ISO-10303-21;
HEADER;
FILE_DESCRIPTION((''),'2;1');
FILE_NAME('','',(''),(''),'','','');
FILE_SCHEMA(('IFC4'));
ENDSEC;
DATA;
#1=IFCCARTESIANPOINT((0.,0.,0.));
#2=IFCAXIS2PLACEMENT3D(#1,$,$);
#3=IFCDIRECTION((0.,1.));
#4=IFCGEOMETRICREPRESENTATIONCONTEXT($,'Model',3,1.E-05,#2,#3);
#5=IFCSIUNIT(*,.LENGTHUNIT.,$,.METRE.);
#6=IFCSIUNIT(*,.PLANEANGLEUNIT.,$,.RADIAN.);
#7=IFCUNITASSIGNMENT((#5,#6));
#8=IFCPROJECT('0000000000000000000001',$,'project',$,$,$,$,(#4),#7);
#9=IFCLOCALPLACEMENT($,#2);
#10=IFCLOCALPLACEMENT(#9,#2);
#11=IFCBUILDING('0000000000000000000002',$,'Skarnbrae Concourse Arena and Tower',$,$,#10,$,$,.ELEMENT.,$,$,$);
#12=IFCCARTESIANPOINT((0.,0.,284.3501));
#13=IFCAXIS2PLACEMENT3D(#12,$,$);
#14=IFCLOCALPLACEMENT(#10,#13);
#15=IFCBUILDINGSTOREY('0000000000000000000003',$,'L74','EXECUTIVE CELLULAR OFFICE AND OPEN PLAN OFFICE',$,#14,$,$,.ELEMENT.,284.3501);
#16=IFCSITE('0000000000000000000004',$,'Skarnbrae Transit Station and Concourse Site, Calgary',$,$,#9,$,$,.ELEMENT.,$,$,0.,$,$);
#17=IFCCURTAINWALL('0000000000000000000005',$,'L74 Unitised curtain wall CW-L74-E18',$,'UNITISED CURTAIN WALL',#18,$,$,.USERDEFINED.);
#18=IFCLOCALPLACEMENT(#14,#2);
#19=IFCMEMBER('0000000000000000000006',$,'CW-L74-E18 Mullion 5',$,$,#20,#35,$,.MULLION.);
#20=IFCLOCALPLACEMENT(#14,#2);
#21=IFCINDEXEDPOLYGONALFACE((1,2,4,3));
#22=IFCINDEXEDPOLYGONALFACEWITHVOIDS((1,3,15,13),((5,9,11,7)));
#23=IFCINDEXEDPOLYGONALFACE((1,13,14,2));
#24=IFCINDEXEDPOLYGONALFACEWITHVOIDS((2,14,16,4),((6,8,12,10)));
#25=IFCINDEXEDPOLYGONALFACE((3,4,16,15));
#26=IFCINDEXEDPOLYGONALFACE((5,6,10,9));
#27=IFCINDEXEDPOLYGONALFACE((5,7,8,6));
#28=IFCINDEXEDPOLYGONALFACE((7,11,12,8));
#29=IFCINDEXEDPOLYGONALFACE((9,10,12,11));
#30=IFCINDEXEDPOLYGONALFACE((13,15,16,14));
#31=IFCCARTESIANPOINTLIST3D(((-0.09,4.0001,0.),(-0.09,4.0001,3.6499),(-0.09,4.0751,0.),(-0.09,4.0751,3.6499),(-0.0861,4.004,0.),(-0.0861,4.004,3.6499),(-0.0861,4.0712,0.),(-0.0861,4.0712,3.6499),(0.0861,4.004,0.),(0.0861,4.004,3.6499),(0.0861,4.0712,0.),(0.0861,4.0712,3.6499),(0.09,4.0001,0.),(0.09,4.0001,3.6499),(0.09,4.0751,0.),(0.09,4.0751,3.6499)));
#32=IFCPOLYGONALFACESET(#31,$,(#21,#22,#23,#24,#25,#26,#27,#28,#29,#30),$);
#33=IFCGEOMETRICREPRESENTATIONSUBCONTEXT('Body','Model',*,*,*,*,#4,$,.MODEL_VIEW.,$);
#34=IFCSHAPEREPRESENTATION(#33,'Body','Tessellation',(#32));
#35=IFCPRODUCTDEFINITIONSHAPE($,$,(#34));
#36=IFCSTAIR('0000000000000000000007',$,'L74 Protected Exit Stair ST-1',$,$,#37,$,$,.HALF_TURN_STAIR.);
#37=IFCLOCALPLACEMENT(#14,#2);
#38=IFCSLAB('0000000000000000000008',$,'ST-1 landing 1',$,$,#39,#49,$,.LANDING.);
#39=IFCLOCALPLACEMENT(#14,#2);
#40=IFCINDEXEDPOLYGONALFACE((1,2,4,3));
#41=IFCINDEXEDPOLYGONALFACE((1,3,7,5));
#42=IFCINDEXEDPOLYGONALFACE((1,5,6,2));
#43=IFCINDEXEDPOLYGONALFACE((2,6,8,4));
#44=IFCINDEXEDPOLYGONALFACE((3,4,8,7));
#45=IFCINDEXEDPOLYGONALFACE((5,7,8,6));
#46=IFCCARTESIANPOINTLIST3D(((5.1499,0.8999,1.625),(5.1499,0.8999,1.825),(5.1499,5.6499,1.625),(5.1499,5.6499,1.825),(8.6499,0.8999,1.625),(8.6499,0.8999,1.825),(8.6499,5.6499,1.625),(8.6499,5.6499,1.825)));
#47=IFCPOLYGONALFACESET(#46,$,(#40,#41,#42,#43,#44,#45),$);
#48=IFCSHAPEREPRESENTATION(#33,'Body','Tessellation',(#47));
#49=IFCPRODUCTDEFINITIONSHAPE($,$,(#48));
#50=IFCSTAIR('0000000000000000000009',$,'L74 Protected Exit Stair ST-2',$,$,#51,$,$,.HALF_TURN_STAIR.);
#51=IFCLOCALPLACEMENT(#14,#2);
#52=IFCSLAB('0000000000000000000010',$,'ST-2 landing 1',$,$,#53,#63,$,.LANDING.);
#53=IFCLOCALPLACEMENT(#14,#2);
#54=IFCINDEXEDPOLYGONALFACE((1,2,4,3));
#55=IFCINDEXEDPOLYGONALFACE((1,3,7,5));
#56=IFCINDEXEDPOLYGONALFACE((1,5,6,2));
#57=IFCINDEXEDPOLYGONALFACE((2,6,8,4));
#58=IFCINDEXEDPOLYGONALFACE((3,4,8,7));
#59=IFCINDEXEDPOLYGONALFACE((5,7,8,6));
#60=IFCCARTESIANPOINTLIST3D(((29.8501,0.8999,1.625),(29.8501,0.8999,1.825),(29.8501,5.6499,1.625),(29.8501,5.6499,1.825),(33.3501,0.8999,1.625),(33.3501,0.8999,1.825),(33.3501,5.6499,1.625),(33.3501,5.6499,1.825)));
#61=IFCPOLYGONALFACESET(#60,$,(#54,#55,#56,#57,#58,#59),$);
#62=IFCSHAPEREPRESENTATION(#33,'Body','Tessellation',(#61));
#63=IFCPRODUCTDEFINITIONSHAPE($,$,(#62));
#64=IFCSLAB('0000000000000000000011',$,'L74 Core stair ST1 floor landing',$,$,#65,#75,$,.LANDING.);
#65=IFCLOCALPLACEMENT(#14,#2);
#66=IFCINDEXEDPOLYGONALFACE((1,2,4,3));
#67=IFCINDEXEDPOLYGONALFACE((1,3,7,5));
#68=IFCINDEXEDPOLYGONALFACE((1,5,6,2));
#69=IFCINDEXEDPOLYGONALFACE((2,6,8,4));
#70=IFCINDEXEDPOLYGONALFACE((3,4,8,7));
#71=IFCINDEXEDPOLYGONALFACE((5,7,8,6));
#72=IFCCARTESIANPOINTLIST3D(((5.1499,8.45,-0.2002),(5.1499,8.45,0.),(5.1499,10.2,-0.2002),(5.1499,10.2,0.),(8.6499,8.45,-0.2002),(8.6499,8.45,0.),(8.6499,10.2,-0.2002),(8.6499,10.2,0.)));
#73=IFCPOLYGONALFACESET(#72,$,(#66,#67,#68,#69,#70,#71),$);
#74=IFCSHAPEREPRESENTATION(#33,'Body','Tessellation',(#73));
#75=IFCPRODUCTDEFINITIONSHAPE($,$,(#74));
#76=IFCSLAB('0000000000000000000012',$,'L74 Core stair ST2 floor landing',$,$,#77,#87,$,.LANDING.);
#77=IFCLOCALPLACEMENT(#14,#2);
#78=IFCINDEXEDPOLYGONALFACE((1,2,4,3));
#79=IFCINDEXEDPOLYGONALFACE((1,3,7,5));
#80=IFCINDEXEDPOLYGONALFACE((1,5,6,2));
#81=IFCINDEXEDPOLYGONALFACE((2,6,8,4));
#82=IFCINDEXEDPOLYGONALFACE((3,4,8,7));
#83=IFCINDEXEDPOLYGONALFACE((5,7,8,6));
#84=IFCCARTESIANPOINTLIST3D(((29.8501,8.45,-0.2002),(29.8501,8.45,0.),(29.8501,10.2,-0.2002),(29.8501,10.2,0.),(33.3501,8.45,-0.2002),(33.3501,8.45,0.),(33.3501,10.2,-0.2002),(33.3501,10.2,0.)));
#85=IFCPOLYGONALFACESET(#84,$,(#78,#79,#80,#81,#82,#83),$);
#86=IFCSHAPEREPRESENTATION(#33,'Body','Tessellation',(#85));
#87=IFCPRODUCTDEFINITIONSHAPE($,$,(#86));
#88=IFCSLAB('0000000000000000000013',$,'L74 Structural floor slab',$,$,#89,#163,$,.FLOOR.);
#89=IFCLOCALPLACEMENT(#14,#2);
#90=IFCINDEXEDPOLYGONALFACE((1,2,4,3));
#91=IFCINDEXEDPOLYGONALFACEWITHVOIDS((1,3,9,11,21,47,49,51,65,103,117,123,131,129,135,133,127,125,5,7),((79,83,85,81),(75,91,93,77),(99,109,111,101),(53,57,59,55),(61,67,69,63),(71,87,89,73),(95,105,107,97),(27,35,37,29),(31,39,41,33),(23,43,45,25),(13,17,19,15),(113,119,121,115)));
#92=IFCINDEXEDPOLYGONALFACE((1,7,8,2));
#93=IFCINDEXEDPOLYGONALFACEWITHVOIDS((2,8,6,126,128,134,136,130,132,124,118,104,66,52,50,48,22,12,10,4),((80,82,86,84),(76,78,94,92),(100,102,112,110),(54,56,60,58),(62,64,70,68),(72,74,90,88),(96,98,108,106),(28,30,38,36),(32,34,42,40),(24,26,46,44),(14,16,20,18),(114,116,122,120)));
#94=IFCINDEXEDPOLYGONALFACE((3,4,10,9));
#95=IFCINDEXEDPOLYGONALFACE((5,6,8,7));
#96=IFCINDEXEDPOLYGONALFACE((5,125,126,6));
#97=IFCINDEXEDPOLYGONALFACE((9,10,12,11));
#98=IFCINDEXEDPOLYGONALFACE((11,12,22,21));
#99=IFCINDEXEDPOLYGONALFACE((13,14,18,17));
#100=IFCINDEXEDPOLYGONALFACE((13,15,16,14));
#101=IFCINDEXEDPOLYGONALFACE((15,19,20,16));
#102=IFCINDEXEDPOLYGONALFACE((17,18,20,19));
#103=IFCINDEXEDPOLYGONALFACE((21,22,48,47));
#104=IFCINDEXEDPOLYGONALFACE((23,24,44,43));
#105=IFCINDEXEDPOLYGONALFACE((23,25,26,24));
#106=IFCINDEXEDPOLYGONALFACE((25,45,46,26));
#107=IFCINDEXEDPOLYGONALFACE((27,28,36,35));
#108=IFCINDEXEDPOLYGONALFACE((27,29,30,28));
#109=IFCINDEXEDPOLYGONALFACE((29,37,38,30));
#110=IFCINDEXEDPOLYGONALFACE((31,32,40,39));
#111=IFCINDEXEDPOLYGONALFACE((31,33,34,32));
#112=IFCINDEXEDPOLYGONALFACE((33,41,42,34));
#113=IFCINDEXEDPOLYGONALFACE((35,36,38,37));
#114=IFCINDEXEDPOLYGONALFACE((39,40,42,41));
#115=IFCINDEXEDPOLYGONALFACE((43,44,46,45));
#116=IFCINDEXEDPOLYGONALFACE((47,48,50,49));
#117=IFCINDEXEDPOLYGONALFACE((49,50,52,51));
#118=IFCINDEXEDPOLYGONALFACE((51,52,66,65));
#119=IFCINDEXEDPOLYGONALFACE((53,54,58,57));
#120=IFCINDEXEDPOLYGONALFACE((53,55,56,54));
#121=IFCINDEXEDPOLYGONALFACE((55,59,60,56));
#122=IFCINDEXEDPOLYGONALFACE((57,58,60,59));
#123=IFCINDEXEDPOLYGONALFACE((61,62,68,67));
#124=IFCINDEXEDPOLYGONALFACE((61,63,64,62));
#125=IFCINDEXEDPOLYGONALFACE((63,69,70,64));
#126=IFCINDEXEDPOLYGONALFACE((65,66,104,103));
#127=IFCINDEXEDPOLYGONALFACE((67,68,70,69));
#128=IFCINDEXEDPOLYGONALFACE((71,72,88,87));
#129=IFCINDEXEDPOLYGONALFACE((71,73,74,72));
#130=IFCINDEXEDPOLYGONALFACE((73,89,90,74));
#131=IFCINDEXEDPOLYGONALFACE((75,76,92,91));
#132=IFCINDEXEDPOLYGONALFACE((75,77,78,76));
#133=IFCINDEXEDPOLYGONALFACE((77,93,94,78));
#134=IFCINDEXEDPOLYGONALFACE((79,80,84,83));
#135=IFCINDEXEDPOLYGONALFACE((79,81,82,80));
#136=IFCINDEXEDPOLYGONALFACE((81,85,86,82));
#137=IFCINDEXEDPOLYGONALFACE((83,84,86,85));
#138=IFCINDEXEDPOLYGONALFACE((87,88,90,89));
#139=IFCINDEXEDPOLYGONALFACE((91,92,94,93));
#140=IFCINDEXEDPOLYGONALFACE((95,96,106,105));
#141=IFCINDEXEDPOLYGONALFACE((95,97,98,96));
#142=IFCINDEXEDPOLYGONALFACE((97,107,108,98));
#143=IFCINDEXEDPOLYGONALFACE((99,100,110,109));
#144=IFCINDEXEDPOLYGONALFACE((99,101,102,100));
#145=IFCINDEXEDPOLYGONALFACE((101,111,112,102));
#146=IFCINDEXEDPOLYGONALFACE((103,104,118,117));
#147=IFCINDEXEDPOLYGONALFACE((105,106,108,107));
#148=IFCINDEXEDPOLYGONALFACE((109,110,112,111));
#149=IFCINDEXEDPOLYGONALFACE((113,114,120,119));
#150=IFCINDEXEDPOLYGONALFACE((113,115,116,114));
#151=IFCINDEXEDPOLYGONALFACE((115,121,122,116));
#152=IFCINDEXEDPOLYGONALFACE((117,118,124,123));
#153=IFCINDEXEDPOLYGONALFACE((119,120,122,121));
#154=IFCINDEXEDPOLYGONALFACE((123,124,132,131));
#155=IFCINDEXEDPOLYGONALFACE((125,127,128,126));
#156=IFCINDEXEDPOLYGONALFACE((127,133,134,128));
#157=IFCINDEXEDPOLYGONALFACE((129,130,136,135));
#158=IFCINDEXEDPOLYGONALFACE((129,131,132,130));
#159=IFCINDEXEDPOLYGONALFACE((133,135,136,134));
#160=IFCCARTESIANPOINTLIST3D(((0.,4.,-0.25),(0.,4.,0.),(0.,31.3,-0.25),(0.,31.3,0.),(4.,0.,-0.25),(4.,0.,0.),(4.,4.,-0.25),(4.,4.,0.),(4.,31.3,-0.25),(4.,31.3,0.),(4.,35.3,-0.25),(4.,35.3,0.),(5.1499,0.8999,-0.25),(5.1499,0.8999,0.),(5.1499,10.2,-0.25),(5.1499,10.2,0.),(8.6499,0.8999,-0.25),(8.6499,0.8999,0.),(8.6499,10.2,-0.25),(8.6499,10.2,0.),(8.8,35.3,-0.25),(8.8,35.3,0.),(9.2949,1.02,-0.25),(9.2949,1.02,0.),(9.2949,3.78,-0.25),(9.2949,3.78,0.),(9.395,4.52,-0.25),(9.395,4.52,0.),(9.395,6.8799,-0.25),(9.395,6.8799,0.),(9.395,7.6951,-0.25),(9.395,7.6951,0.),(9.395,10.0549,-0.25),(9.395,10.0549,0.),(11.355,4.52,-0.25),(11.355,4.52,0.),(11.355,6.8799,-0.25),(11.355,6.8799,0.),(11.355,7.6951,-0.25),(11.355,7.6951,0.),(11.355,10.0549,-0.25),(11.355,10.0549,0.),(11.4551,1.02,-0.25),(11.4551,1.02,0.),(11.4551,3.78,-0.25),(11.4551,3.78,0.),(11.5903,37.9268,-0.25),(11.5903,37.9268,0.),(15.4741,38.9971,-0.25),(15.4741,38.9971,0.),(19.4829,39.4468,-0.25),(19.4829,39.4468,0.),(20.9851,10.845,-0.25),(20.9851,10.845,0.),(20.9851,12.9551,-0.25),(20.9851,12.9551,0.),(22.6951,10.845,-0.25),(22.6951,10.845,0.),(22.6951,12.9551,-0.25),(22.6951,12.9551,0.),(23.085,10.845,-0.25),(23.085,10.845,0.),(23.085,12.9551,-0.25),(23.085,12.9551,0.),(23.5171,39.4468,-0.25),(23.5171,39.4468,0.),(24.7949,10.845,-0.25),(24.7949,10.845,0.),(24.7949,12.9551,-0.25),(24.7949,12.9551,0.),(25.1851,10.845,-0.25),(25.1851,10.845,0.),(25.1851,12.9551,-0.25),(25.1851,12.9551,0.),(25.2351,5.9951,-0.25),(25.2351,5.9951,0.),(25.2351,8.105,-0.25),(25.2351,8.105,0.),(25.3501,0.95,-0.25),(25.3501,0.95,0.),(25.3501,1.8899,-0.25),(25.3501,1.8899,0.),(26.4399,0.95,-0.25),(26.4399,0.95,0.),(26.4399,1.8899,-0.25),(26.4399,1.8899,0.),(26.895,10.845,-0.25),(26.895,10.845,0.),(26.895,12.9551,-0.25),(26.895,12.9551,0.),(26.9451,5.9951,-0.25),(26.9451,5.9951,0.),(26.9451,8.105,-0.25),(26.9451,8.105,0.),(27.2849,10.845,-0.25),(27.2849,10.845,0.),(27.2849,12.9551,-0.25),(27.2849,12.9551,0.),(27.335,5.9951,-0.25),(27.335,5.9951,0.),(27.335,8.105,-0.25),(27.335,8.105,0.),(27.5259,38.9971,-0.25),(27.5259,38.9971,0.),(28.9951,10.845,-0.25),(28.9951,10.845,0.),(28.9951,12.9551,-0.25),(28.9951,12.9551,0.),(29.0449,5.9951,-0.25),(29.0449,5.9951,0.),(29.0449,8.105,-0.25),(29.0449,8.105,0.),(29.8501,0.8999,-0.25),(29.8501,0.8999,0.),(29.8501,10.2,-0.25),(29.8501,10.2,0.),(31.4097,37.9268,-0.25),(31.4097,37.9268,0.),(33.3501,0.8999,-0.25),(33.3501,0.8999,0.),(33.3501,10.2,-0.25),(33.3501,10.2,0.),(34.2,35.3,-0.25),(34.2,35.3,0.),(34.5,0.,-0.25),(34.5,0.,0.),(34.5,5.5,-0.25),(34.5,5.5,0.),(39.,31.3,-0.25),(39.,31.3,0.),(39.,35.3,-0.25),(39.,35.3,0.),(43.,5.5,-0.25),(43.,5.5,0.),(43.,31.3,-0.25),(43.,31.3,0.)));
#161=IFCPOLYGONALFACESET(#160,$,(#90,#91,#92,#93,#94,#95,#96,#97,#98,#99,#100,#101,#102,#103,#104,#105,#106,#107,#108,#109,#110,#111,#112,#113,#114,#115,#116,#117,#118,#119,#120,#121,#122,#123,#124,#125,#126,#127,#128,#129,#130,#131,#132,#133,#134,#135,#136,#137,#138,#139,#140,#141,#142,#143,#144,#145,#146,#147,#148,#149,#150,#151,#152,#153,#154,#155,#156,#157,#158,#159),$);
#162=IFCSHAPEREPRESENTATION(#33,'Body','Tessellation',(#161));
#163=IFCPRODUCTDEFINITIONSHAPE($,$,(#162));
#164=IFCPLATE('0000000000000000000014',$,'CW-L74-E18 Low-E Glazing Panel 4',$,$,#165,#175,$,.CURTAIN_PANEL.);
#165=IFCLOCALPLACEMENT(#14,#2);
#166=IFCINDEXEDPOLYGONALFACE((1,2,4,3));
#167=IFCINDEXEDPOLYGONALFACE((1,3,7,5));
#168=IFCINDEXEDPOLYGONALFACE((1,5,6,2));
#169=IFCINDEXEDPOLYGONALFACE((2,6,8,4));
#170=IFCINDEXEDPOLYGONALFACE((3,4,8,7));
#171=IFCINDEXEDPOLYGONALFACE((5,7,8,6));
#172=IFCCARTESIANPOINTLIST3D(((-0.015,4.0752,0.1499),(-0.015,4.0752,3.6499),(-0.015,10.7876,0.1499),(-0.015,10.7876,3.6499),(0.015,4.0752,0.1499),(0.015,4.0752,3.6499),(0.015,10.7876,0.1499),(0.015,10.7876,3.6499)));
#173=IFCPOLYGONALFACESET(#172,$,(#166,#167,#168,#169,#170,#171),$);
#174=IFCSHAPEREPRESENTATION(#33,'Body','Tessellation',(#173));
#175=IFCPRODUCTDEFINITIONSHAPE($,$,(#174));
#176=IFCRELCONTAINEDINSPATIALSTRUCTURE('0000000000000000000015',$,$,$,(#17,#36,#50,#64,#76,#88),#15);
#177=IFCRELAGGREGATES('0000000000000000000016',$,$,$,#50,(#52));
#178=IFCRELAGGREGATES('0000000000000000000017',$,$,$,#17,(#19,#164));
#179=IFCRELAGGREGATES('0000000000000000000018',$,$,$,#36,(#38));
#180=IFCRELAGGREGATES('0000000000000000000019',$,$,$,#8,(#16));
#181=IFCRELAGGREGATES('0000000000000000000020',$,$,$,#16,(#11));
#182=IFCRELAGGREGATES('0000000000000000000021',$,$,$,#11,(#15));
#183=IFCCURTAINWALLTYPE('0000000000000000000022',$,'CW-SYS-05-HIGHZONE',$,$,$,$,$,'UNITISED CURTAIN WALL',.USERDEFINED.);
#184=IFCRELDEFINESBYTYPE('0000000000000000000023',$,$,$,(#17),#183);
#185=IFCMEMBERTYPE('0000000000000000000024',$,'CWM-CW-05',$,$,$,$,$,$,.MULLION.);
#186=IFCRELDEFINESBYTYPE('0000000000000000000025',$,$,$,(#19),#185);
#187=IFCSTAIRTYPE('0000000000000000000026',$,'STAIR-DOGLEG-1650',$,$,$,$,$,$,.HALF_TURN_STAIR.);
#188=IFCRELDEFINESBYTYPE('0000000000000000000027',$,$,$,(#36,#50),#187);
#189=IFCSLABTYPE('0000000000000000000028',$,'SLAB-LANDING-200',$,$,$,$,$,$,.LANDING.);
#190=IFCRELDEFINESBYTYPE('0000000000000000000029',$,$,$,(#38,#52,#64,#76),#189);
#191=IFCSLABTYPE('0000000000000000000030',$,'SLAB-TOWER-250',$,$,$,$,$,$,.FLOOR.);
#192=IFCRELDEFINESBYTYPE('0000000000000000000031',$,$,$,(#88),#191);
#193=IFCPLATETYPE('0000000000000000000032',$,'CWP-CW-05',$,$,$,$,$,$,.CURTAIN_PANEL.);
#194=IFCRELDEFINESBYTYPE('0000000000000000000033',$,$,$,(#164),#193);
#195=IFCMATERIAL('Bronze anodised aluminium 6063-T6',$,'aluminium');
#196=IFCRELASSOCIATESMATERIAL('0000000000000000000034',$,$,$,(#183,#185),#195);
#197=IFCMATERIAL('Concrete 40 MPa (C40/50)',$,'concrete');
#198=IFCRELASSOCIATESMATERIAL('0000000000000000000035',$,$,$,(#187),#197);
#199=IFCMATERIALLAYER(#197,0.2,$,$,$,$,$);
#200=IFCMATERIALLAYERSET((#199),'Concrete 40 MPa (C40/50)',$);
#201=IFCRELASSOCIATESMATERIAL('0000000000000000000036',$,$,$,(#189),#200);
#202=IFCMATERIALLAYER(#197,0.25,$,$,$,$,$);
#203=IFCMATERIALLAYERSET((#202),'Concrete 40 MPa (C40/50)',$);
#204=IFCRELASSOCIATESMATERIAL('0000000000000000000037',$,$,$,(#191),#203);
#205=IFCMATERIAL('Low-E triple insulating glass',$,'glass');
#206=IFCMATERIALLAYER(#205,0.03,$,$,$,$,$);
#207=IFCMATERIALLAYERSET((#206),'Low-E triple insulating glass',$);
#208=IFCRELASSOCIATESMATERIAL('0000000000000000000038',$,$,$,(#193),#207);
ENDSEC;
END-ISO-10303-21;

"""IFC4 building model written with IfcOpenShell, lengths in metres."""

from ifc_helpers import new_model, si_unit, direction, frame, origin, origin_2d, place, context, subcontext, project, spatial, polyline, rectangle, hollow_rectangle, outline, extrude, source, transform, mapped, material, layer, layer_set, material_profile, profile_set, type_object, element, aggregate, save


model = new_model("IFC4")

# Units and contexts
model_context = context("Model", 3, precision=1e-05, world=origin(), true_north=direction((0.0, 1.0)))
body_context = subcontext(model_context, "Body", "Model", "MODEL_VIEW")
ifc_project = project(units=[si_unit("LENGTHUNIT", "METRE"), si_unit("PLANEANGLEUNIT", "RADIAN")], contexts=[model_context])

# Site, building, storey
site_placement = place(None, origin())
site = spatial("IfcSite", under=ifc_project, at=site_placement, Name="Skarnbrae Transit Station and Concourse Site, Calgary", CompositionType="ELEMENT", RefElevation=0.0)
building_placement = place(site_placement, origin())
building = spatial("IfcBuilding", under=site, at=building_placement, Name="Skarnbrae Concourse Arena and Tower", CompositionType="ELEMENT")
storey_placement = place(building_placement, frame((0.0, 0.0, 284.3501)))
storey = spatial("IfcBuildingStorey", under=building, at=storey_placement, Name="L74", Description="EXECUTIVE CELLULAR OFFICE AND OPEN PLAN OFFICE", CompositionType="ELEMENT", Elevation=284.3501)

# Curtain wall, member
ifc_material_1 = material(Name="Bronze anodised aluminium 6063-T6", Category="aluminium")
curtain_wall_type = type_object("IfcCurtainWallType", Name="CW-SYS-05-HIGHZONE", ElementType="UNITISED CURTAIN WALL", PredefinedType="USERDEFINED", material=ifc_material_1)
curtain_wall_placement = place(storey_placement, origin())
curtain_wall = element("IfcCurtainWall", 1, at=curtain_wall_placement, inside=storey, type_object=curtain_wall_type, Name="L74 Unitised curtain wall CW-L74-E18", ObjectType="UNITISED CURTAIN WALL", PredefinedType="USERDEFINED")
ifc_material_profile = material_profile(ifc_material_1, hollow_rectangle(XDim=0.075, YDim=0.1799, WallThickness=0.0039, at=origin_2d()), Name="ALU-MULL-75X180")
ifc_profile_set = profile_set([ifc_material_profile], Name="Bronze anodised aluminium 6063-T6")
member_type = type_object("IfcMemberType", Name="CWM-CW-05", PredefinedType="MULLION", material=ifc_profile_set)
shared_shape_1 = source(origin(), body_context, "Body", "SweptSolid", [
    extrude(hollow_rectangle(XDim=0.075, YDim=0.1799, WallThickness=0.0039, at=origin_2d()), origin(), (0.0, 0.0, 1.0), 3.6499),
])
member_placement = place(storey_placement, frame((0.0, 4.0376, 0.0), z_axis=(0.0, 0.0, 1.0), x_axis=(0.0, -1.0, 0.0)))
member = element("IfcMember", 2, at=member_placement, type_object=member_type, Name="CW-L74-E18 Mullion 5", PredefinedType="MULLION", context=body_context, shape_type="MappedRepresentation", body=[
    mapped(shared_shape_1, transform((0.0, 0.0, 0.0))),
])

# Stairs, slabs
ifc_material_2 = material(Name="Concrete 40 MPa (C40/50)", Category="concrete")
stair_type = type_object("IfcStairType", Name="STAIR-DOGLEG-1650", PredefinedType="HALF_TURN_STAIR", material=ifc_material_2)
stair_1_placement = place(storey_placement, origin())
stair_1 = element("IfcStair", 3, at=stair_1_placement, inside=storey, type_object=stair_type, Name="L74 Protected Exit Stair ST-1", PredefinedType="HALF_TURN_STAIR")
ifc_layer_1 = layer(ifc_material_2, 0.2)
ifc_layer_set_1 = layer_set([ifc_layer_1], Name="Concrete 40 MPa (C40/50)")
slab_type_1 = type_object("IfcSlabType", Name="SLAB-LANDING-200", PredefinedType="LANDING", material=ifc_layer_set_1)
slab_1_placement = place(storey_placement, frame((0.0, 0.0, 1.625)))
slab_1 = element("IfcSlab", 4, at=slab_1_placement, type_object=slab_type_1, Name="ST-1 landing 1", PredefinedType="LANDING", context=body_context, shape_type="SweptSolid", body=[
    extrude(outline(polyline([(5.1499, 5.6499), (5.1499, 0.8999), (8.6499, 0.8999), (8.6499, 5.6499), (5.1499, 5.6499)])), origin(), (0.0, 0.0, 1.0), 0.2),
])
stair_2_placement = place(storey_placement, origin())
stair_2 = element("IfcStair", 5, at=stair_2_placement, inside=storey, type_object=stair_type, Name="L74 Protected Exit Stair ST-2", PredefinedType="HALF_TURN_STAIR")
slab_2_placement = place(storey_placement, frame((0.0, 0.0, 1.625)))
slab_2 = element("IfcSlab", 6, at=slab_2_placement, type_object=slab_type_1, Name="ST-2 landing 1", PredefinedType="LANDING", context=body_context, shape_type="SweptSolid", body=[
    extrude(outline(polyline([(29.8501, 5.6499), (29.8501, 0.8999), (33.3501, 0.8999), (33.3501, 5.6499), (29.8501, 5.6499)])), origin(), (0.0, 0.0, 1.0), 0.2),
])
aggregate(stair_2, [slab_2])

# Slabs
slab_3_placement = place(storey_placement, frame((0.0, 0.0, -0.2002)))
element("IfcSlab", 7, at=slab_3_placement, inside=storey, type_object=slab_type_1, Name="L74 Core stair ST1 floor landing", PredefinedType="LANDING", context=body_context, shape_type="SweptSolid", body=[
    extrude(outline(polyline([(5.1499, 10.2), (5.1499, 8.45), (8.6499, 8.45), (8.6499, 10.2), (5.1499, 10.2)])), origin(), (0.0, 0.0, 1.0), 0.2002),
])
slab_4_placement = place(storey_placement, frame((0.0, 0.0, -0.2002)))
element("IfcSlab", 8, at=slab_4_placement, inside=storey, type_object=slab_type_1, Name="L74 Core stair ST2 floor landing", PredefinedType="LANDING", context=body_context, shape_type="SweptSolid", body=[
    extrude(outline(polyline([(29.8501, 10.2), (29.8501, 8.45), (33.3501, 8.45), (33.3501, 10.2), (29.8501, 10.2)])), origin(), (0.0, 0.0, 1.0), 0.2002),
])
ifc_layer_2 = layer(ifc_material_2, 0.25)
ifc_layer_set_2 = layer_set([ifc_layer_2], Name="Concrete 40 MPa (C40/50)")
slab_type_2 = type_object("IfcSlabType", Name="SLAB-TOWER-250", PredefinedType="FLOOR", material=ifc_layer_set_2)
slab_5_placement = place(storey_placement, frame((0.0, 0.0, -0.25)))
element("IfcSlab", 9, at=slab_5_placement, inside=storey, type_object=slab_type_2, Name="L74 Structural floor slab", PredefinedType="FLOOR", context=body_context, shape_type="SweptSolid", body=[
    extrude(outline(polyline([(4.0, 0.0), (34.5, 0.0), (34.5, 5.5), (43.0, 5.5), (43.0, 31.3), (39.0, 31.3), (39.0, 35.3), (34.2, 35.3), (31.4097, 37.9268), (27.5259, 38.9971), (23.5171, 39.4468), (19.4829, 39.4468), (15.4741, 38.9971), (11.5903, 37.9268), (8.8, 35.3), (4.0, 35.3), (4.0, 31.3), (0.0, 31.3), (0.0, 4.0), (4.0, 4.0), (4.0, 0.0)]), holes=[polyline([(9.2949, 1.02), (9.2949, 3.78), (11.4551, 3.78), (11.4551, 1.02), (9.2949, 1.02)]), polyline([(8.6499, 10.2), (8.6499, 0.8999), (5.1499, 0.8999), (5.1499, 10.2), (8.6499, 10.2)]), polyline([(9.395, 6.8799), (11.355, 6.8799), (11.355, 4.52), (9.395, 4.52), (9.395, 6.8799)]), polyline([(9.395, 7.6951), (9.395, 10.0549), (11.355, 10.0549), (11.355, 7.6951), (9.395, 7.6951)]), polyline([(20.9851, 12.9551), (22.6951, 12.9551), (22.6951, 10.845), (20.9851, 10.845), (20.9851, 12.9551)]), polyline([(23.085, 12.9551), (24.7949, 12.9551), (24.7949, 10.845), (23.085, 10.845), (23.085, 12.9551)]), polyline([(25.3501, 0.95), (25.3501, 1.8899), (26.4399, 1.8899), (26.4399, 0.95), (25.3501, 0.95)]), polyline([(33.3501, 10.2), (33.3501, 0.8999), (29.8501, 0.8999), (29.8501, 10.2), (33.3501, 10.2)]), polyline([(25.2351, 8.105), (26.9451, 8.105), (26.9451, 5.9951), (25.2351, 5.9951), (25.2351, 8.105)]), polyline([(27.335, 5.9951), (27.335, 8.105), (29.0449, 8.105), (29.0449, 5.9951), (27.335, 5.9951)]), polyline([(25.1851, 12.9551), (26.895, 12.9551), (26.895, 10.845), (25.1851, 10.845), (25.1851, 12.9551)]), polyline([(27.2849, 12.9551), (28.9951, 12.9551), (28.9951, 10.845), (27.2849, 10.845), (27.2849, 12.9551)])]), origin(), (0.0, 0.0, 1.0), 0.25),
])

# Plate
ifc_material_3 = material(Name="Low-E triple insulating glass", Category="glass")
ifc_layer_3 = layer(ifc_material_3, 0.03)
ifc_layer_set_3 = layer_set([ifc_layer_3], Name="Low-E triple insulating glass")
plate_type = type_object("IfcPlateType", Name="CWP-CW-05", PredefinedType="CURTAIN_PANEL", material=ifc_layer_set_3)
shared_shape_2 = source(origin(), body_context, "Body", "SweptSolid", [
    extrude(rectangle(XDim=6.7124, YDim=0.03, at=origin_2d()), origin(), (0.0, 0.0, 1.0), 3.5),
])
plate_placement = place(storey_placement, frame((0.0, 7.4314, 0.1499), z_axis=(0.0, 0.0, 1.0), x_axis=(0.0, -1.0, 0.0)))
plate = element("IfcPlate", 10, at=plate_placement, type_object=plate_type, Name="CW-L74-E18 Low-E Glazing Panel 4", PredefinedType="CURTAIN_PANEL", context=body_context, shape_type="MappedRepresentation", body=[
    mapped(shared_shape_2, transform((0.0, 0.0, 0.0))),
])
aggregate(curtain_wall, [member, plate])

aggregate(stair_1, [slab_1])

save(model, "model.ifc")
